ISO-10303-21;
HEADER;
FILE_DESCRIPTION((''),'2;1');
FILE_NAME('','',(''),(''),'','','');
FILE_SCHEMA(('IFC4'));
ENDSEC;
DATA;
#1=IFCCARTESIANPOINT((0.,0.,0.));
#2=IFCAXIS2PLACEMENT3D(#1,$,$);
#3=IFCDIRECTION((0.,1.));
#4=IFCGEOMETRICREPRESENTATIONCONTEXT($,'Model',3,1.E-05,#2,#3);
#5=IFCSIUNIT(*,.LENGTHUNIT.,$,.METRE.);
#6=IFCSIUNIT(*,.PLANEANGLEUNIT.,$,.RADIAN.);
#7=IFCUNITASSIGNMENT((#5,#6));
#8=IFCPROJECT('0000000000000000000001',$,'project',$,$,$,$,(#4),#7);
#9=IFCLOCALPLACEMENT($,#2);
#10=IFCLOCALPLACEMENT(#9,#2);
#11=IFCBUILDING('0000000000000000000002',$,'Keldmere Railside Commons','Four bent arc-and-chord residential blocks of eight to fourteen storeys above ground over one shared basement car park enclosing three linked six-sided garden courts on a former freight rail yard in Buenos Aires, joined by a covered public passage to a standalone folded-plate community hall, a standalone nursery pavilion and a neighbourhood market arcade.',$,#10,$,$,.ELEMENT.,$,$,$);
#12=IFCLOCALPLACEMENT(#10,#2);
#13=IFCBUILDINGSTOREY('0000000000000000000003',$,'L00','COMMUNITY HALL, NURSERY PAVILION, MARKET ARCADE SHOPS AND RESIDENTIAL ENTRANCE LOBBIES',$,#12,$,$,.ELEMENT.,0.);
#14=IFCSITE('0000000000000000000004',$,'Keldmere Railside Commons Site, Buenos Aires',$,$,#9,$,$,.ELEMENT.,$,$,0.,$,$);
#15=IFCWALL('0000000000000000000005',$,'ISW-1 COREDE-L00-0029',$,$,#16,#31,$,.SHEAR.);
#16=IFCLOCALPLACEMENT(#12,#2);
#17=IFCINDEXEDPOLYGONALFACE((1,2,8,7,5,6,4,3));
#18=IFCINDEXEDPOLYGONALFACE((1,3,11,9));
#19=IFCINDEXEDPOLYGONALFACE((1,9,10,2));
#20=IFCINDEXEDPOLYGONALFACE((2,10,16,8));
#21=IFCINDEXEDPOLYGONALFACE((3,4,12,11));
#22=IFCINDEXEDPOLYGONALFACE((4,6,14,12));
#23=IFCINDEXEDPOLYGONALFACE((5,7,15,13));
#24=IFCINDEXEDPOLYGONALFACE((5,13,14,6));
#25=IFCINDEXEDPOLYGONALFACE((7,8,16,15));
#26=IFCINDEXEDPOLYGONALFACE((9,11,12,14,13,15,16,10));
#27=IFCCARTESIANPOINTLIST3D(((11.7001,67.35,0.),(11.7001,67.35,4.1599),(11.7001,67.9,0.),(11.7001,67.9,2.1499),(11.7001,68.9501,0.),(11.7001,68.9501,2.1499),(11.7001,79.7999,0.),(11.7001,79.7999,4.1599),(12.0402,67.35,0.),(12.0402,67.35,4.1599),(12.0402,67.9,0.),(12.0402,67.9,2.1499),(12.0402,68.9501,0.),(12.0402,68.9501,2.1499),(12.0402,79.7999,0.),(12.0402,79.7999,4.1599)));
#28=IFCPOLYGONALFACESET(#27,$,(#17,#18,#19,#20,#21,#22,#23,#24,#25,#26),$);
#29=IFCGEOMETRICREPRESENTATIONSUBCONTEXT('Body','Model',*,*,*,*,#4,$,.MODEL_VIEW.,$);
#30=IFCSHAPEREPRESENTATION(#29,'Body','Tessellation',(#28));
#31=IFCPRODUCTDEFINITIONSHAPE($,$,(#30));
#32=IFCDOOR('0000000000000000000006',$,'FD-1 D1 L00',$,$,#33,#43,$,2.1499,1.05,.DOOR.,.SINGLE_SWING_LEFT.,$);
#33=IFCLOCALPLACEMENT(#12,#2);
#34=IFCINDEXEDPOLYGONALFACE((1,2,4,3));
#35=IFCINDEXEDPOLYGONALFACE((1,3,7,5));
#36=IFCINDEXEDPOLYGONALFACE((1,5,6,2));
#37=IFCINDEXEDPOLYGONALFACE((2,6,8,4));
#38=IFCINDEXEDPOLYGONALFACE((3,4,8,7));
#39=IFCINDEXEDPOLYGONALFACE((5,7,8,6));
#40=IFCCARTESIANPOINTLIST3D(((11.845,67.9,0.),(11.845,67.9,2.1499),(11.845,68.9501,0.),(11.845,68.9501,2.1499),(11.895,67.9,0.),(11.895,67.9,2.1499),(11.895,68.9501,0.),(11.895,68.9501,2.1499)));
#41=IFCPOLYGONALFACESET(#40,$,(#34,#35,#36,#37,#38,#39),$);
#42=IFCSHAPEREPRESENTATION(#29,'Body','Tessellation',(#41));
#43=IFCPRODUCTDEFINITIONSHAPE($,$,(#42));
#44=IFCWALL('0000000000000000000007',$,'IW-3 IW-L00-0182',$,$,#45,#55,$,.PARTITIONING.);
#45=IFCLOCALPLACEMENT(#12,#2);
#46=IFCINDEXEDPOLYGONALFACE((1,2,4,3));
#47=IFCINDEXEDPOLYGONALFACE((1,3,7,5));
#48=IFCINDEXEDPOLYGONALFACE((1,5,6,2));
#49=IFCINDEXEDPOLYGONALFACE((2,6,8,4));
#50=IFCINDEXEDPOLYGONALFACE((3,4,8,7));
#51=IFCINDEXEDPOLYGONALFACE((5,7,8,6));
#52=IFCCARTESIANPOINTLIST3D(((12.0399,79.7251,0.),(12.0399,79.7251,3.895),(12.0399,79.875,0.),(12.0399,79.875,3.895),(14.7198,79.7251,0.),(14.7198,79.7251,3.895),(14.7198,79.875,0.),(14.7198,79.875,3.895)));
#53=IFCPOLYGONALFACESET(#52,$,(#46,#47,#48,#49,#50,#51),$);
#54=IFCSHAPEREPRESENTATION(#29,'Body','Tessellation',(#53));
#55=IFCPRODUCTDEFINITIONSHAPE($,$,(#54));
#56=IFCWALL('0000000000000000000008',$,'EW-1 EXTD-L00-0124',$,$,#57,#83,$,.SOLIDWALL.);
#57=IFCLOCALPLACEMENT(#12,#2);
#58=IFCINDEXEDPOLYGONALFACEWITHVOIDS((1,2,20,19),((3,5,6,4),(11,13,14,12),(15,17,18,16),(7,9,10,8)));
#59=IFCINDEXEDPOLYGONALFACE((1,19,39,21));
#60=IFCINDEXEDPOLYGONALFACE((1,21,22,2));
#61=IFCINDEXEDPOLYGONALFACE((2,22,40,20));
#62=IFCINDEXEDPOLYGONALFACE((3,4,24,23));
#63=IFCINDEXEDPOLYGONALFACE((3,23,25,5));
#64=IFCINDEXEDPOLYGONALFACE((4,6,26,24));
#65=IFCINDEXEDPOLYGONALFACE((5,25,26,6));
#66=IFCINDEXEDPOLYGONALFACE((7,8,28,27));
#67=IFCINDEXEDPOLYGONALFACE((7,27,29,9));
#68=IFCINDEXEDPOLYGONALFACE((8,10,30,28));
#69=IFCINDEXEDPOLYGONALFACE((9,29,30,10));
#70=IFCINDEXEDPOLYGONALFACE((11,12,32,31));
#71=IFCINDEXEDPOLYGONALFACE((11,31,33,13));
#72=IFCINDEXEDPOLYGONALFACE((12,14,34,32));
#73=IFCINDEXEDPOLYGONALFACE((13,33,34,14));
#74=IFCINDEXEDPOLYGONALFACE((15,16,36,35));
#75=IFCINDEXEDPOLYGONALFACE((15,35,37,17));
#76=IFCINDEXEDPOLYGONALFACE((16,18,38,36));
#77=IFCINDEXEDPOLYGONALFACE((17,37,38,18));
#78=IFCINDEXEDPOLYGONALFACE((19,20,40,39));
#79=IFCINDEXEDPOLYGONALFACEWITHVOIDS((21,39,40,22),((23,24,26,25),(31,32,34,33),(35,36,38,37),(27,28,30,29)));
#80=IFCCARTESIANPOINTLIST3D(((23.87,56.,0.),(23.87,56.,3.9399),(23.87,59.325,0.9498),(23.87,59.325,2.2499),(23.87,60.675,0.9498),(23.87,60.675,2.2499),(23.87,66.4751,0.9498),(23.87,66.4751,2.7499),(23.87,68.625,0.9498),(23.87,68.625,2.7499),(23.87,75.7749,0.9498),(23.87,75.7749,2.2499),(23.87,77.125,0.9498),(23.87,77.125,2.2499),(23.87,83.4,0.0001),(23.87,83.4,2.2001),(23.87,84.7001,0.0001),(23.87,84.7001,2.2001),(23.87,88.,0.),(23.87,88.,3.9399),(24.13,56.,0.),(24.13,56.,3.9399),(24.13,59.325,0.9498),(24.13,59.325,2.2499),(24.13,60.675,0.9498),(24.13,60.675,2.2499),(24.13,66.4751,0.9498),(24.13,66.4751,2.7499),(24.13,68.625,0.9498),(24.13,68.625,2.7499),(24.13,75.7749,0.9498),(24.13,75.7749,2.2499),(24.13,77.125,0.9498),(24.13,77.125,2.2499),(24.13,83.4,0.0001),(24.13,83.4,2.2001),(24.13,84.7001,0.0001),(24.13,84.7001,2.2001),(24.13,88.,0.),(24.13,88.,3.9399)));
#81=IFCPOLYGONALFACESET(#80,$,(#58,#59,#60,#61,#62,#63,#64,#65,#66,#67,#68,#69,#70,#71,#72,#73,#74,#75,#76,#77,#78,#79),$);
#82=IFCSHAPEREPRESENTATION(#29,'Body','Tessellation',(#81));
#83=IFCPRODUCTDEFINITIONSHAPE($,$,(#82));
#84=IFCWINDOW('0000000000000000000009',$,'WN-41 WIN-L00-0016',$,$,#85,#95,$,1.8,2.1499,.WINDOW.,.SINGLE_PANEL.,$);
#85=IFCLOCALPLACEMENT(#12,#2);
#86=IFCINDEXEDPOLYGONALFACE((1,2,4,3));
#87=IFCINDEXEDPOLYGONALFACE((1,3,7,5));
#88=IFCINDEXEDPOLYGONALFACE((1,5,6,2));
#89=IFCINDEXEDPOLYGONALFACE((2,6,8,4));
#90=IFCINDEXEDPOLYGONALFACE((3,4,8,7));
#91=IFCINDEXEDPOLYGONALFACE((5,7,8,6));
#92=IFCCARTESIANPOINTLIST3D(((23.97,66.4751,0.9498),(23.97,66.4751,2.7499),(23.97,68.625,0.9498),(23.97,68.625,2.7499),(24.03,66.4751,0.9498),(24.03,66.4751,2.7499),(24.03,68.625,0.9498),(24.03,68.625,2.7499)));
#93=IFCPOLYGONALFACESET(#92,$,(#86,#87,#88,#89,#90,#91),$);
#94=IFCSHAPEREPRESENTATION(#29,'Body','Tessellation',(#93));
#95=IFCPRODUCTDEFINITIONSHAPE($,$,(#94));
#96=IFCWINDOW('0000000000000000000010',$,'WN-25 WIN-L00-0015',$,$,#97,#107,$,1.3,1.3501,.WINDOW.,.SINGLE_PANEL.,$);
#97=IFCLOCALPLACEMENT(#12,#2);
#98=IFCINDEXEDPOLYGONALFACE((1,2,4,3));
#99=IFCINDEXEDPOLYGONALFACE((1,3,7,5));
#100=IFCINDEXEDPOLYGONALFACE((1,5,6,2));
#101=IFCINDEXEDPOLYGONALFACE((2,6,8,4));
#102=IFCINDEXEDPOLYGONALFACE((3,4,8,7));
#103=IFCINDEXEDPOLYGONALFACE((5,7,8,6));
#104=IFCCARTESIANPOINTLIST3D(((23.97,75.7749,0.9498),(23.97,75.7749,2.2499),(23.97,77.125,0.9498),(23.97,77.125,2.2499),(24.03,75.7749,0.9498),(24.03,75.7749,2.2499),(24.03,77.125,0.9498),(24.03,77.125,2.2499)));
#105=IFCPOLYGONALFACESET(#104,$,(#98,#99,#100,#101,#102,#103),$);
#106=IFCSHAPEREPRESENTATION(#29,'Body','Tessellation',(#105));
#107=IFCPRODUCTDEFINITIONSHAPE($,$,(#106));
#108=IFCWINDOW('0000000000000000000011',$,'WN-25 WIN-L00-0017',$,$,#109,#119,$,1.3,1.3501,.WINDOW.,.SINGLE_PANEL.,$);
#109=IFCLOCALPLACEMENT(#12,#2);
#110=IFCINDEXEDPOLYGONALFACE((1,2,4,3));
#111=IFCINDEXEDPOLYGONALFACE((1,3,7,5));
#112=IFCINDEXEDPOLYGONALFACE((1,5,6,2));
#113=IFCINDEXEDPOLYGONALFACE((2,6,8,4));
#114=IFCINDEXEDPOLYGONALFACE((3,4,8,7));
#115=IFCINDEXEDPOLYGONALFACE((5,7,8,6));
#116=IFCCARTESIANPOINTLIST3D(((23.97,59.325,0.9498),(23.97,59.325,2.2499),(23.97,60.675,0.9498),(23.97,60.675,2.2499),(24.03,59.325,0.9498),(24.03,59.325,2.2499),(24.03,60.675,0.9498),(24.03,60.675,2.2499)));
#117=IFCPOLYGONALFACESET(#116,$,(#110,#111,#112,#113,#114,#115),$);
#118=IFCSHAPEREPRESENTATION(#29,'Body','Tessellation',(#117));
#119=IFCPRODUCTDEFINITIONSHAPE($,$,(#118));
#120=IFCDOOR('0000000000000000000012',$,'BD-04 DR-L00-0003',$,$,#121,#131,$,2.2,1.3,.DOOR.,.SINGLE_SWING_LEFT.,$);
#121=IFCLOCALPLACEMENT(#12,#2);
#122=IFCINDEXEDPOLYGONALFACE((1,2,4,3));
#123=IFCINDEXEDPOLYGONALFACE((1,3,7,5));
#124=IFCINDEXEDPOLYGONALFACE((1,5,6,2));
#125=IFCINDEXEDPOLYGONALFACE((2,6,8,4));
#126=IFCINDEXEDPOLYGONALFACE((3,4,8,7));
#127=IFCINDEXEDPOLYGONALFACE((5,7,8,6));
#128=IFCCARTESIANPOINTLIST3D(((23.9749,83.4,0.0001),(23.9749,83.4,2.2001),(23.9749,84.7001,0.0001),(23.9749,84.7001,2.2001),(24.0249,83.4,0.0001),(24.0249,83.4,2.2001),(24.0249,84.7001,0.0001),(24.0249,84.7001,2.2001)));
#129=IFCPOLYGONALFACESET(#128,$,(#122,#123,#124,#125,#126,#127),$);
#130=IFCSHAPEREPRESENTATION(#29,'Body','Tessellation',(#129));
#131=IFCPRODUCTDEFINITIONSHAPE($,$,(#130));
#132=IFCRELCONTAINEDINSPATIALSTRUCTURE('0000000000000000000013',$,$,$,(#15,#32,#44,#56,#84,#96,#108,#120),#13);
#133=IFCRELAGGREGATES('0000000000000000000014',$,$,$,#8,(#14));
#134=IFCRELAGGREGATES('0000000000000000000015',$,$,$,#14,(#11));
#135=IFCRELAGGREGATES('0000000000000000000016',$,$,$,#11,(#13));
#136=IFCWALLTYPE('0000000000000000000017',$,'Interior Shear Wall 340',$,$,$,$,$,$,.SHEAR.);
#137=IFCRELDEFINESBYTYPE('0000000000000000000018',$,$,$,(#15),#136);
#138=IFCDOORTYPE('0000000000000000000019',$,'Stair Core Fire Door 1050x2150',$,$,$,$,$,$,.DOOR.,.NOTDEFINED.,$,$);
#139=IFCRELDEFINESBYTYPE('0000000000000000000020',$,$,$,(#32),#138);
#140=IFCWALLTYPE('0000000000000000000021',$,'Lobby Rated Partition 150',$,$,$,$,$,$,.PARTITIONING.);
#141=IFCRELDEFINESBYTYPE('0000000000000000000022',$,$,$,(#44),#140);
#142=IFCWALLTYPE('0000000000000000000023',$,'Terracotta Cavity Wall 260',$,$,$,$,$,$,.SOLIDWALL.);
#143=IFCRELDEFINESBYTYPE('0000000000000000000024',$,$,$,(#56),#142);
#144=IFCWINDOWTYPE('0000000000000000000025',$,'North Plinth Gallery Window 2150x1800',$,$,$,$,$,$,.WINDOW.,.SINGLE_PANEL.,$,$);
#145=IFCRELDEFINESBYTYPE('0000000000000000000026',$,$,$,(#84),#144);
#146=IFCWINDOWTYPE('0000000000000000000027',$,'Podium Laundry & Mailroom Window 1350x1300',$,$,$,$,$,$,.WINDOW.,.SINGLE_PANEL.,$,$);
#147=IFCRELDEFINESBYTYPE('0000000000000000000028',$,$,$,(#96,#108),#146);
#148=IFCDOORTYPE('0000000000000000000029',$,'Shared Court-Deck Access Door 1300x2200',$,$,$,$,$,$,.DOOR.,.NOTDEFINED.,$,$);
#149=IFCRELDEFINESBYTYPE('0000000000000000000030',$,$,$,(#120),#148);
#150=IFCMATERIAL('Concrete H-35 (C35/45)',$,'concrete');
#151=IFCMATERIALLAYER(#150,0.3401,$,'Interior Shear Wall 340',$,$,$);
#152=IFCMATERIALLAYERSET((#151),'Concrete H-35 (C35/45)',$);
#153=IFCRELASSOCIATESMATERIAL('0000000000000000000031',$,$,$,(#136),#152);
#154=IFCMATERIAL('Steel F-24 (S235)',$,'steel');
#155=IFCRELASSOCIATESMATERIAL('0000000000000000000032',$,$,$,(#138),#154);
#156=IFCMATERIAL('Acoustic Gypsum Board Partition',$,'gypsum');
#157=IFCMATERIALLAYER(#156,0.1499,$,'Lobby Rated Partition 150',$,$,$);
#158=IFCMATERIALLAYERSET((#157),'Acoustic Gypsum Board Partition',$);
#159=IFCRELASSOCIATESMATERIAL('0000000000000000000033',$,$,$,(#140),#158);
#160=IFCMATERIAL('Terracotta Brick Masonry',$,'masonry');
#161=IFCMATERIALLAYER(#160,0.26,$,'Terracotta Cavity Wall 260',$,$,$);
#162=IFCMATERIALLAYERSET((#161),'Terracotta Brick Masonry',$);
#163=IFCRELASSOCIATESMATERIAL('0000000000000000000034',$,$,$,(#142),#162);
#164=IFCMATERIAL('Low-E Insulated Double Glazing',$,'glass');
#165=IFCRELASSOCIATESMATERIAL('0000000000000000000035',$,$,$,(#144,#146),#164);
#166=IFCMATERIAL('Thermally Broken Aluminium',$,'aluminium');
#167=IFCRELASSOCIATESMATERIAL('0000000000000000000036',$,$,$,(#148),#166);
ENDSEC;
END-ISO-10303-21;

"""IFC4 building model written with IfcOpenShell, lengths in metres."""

from ifc_helpers import new_model, si_unit, direction, frame, frame_2d, origin, place, context, subcontext, project, spatial, rectangle, extrude, material, layer, layer_set, type_object, element, fill, save


model = new_model("IFC4")

# Units and contexts
model_context = context("Model", 3, precision=1e-05, world=origin(), true_north=direction((0.0, 1.0)))
body_context = subcontext(model_context, "Body", "Model", "MODEL_VIEW")
ifc_project = project(units=[si_unit("LENGTHUNIT", "METRE"), si_unit("PLANEANGLEUNIT", "RADIAN")], contexts=[model_context])

# Site, building, storey
site_placement = place(None, origin())
site = spatial("IfcSite", under=ifc_project, at=site_placement, Name="Keldmere Railside Commons Site, Buenos Aires", CompositionType="ELEMENT", RefElevation=0.0)
building_placement = place(site_placement, origin())
building = spatial("IfcBuilding", under=site, at=building_placement, Name="Keldmere Railside Commons", Description="Four bent arc-and-chord residential blocks of eight to fourteen storeys above ground over one shared basement car park enclosing three linked six-sided garden courts on a former freight rail yard in Buenos Aires, joined by a covered public passage to a standalone folded-plate community hall, a standalone nursery pavilion and a neighbourhood market arcade.", CompositionType="ELEMENT")
storey_placement = place(building_placement, origin())
storey = spatial("IfcBuildingStorey", under=building, at=storey_placement, Name="L00", Description="COMMUNITY HALL, NURSERY PAVILION, MARKET ARCADE SHOPS AND RESIDENTIAL ENTRANCE LOBBIES", CompositionType="ELEMENT", Elevation=0.0)

# Shared definitions
ifc_material_1 = material(Name="Thermally Broken Aluminium", Category="aluminium")
ifc_material_2 = material(Name="Low-E Insulated Double Glazing", Category="glass")

# Shared definitions
ifc_material_3 = material(Name="Acoustic Gypsum Board Partition", Category="gypsum")
ifc_material_4 = material(Name="Concrete H-35 (C35/45)", Category="concrete")

# Wall, opening, door
ifc_layer_1 = layer(ifc_material_4, 0.3401, Name="Interior Shear Wall 340")
ifc_layer_set_1 = layer_set([ifc_layer_1], Name="Concrete H-35 (C35/45)")
wall_type_1 = type_object("IfcWallType", Name="Interior Shear Wall 340", PredefinedType="SHEAR", material=ifc_layer_set_1)
wall_1_placement = place(storey_placement, frame((11.8701, 79.8, 0.0), z_axis=(0.0, 0.0, 1.0), x_axis=(0.0, -1.0, 0.0)))
wall_1 = element("IfcWall", 1, at=wall_1_placement, inside=storey, type_object=wall_type_1, Name="ISW-1 COREDE-L00-0029", PredefinedType="SHEAR", context=body_context, shape_type="SweptSolid", body=[
    extrude(rectangle(XDim=12.45, YDim=0.3401, at=frame_2d((6.2251, 0.0))), origin(), (0.0, 0.0, 1.0), 4.1599),
])
opening_1_placement = place(wall_1_placement, frame((10.8501, 0.0, 0.0)))
opening_1 = element("IfcOpeningElement", 2, at=opening_1_placement, cuts=wall_1, PredefinedType="OPENING", context=body_context, shape_type="SweptSolid", body=[
    extrude(rectangle(XDim=1.05, YDim=2.1499, at=frame_2d((0.5249, 1.075))), frame((0.0, 0.1799, 0.0), z_axis=(0.0, -1.0, 0.0), x_axis=(1.0, 0.0, 0.0)), (0.0, 0.0, 1.0), 0.3601),
])
ifc_material_5 = material(Name="Steel F-24 (S235)", Category="steel")
door_type_1 = type_object("IfcDoorType", Name="Stair Core Fire Door 1050x2150", OperationType="NOTDEFINED", PredefinedType="DOOR", material=ifc_material_5)
door_1_placement = place(opening_1_placement, origin())
door_1 = element("IfcDoor", 3, at=door_1_placement, inside=storey, type_object=door_type_1, Name="FD-1 D1 L00", OperationType="SINGLE_SWING_LEFT", OverallHeight=2.1499, OverallWidth=1.05, PredefinedType="DOOR", context=body_context, shape_type="SweptSolid", body=[
    extrude(rectangle(XDim=1.05, YDim=2.1499, at=frame_2d((0.5249, 1.075))), frame((0.0, 0.0249, 0.0), z_axis=(0.0, -1.0, 0.0), x_axis=(1.0, 0.0, 0.0)), (0.0, 0.0, 1.0), 0.05),
])
fill(opening_1, door_1)

# Wall
ifc_layer_2 = layer(ifc_material_3, 0.1499, Name="Lobby Rated Partition 150")
ifc_layer_set_2 = layer_set([ifc_layer_2], Name="Acoustic Gypsum Board Partition")
wall_type_2 = type_object("IfcWallType", Name="Lobby Rated Partition 150", PredefinedType="PARTITIONING", material=ifc_layer_set_2)
wall_2_placement = place(storey_placement, frame((12.04, 79.8, 0.0), z_axis=(0.0, 0.0, 1.0), x_axis=(1.0, 0.0, 0.0)))
element("IfcWall", 4, at=wall_2_placement, inside=storey, type_object=wall_type_2, Name="IW-3 IW-L00-0182", PredefinedType="PARTITIONING", context=body_context, shape_type="SweptSolid", body=[
    extrude(rectangle(XDim=2.6799, YDim=0.1499, at=frame_2d((1.3398, 0.0))), origin(), (0.0, 0.0, 1.0), 3.895),
])

# Wall, openings, windows, door
ifc_material_6 = material(Name="Terracotta Brick Masonry", Category="masonry")
ifc_layer_3 = layer(ifc_material_6, 0.26, Name="Terracotta Cavity Wall 260")
ifc_layer_set_3 = layer_set([ifc_layer_3], Name="Terracotta Brick Masonry")
wall_type_3 = type_object("IfcWallType", Name="Terracotta Cavity Wall 260", PredefinedType="SOLIDWALL", material=ifc_layer_set_3)
wall_3_placement = place(storey_placement, frame((24.0, 88.0, 0.0), z_axis=(0.0, 0.0, 1.0), x_axis=(0.0, -1.0, 0.0)))
wall_3 = element("IfcWall", 5, at=wall_3_placement, inside=storey, type_object=wall_type_3, Name="EW-1 EXTD-L00-0124", PredefinedType="SOLIDWALL", context=body_context, shape_type="SweptSolid", body=[
    extrude(rectangle(XDim=32.0, YDim=0.26, at=frame_2d((16.0, 0.0))), origin(), (0.0, 0.0, 1.0), 3.9399),
])
opening_2_placement = place(wall_3_placement, frame((3.3, 0.0, 0.0)))
opening_2 = element("IfcOpeningElement", 6, at=opening_2_placement, cuts=wall_3, PredefinedType="OPENING", context=body_context, shape_type="SweptSolid", body=[
    extrude(rectangle(XDim=1.3, YDim=2.2, at=frame_2d((0.6499, 1.1001))), frame((0.0, 0.1399, 0.0), z_axis=(0.0, -1.0, 0.0), x_axis=(1.0, 0.0, 0.0)), (0.0, 0.0, 1.0), 0.28),
])
opening_3_placement = place(wall_3_placement, frame((10.875, 0.0, 0.95)))
opening_3 = element("IfcOpeningElement", 7, at=opening_3_placement, cuts=wall_3, PredefinedType="OPENING", context=body_context, shape_type="SweptSolid", body=[
    extrude(rectangle(XDim=1.3501, YDim=1.3, at=frame_2d((0.675, 0.6499))), frame((0.0, 0.1399, 0.0), z_axis=(0.0, -1.0, 0.0), x_axis=(1.0, 0.0, 0.0)), (0.0, 0.0, 1.0), 0.28),
])
opening_4_placement = place(wall_3_placement, frame((19.375, 0.0, 0.95)))
opening_4 = element("IfcOpeningElement", 8, at=opening_4_placement, cuts=wall_3, PredefinedType="OPENING", context=body_context, shape_type="SweptSolid", body=[
    extrude(rectangle(XDim=2.1499, YDim=1.8, at=frame_2d((1.075, 0.8999))), frame((0.0, 0.1399, 0.0), z_axis=(0.0, -1.0, 0.0), x_axis=(1.0, 0.0, 0.0)), (0.0, 0.0, 1.0), 0.28),
])
opening_5_placement = place(wall_3_placement, frame((27.325, 0.0, 0.95)))
opening_5 = element("IfcOpeningElement", 9, at=opening_5_placement, cuts=wall_3, PredefinedType="OPENING", context=body_context, shape_type="SweptSolid", body=[
    extrude(rectangle(XDim=1.3501, YDim=1.3, at=frame_2d((0.675, 0.6499))), frame((0.0, 0.1399, 0.0), z_axis=(0.0, -1.0, 0.0), x_axis=(1.0, 0.0, 0.0)), (0.0, 0.0, 1.0), 0.28),
])
window_type_1 = type_object("IfcWindowType", Name="North Plinth Gallery Window 2150x1800", PartitioningType="SINGLE_PANEL", PredefinedType="WINDOW", material=ifc_material_2)
window_1_placement = place(opening_4_placement, origin())
window_1 = element("IfcWindow", 10, at=window_1_placement, inside=storey, type_object=window_type_1, Name="WN-41 WIN-L00-0016", OverallHeight=1.8, OverallWidth=2.1499, PartitioningType="SINGLE_PANEL", PredefinedType="WINDOW", context=body_context, shape_type="SweptSolid", body=[
    extrude(rectangle(XDim=2.1499, YDim=1.8, at=frame_2d((1.075, 0.8999))), frame((0.0, 0.03, 0.0), z_axis=(0.0, -1.0, 0.0), x_axis=(1.0, 0.0, 0.0)), (0.0, 0.0, 1.0), 0.0601),
])
fill(opening_4, window_1)
window_type_2 = type_object("IfcWindowType", Name="Podium Laundry & Mailroom Window 1350x1300", PartitioningType="SINGLE_PANEL", PredefinedType="WINDOW", material=ifc_material_2)
window_2_placement = place(opening_3_placement, origin())
window_2 = element("IfcWindow", 11, at=window_2_placement, inside=storey, type_object=window_type_2, Name="WN-25 WIN-L00-0015", OverallHeight=1.3, OverallWidth=1.3501, PartitioningType="SINGLE_PANEL", PredefinedType="WINDOW", context=body_context, shape_type="SweptSolid", body=[
    extrude(rectangle(XDim=1.3501, YDim=1.3, at=frame_2d((0.675, 0.6499))), frame((0.0, 0.03, 0.0), z_axis=(0.0, -1.0, 0.0), x_axis=(1.0, 0.0, 0.0)), (0.0, 0.0, 1.0), 0.0601),
])
fill(opening_3, window_2)
window_3_placement = place(opening_5_placement, origin())
window_3 = element("IfcWindow", 12, at=window_3_placement, inside=storey, type_object=window_type_2, Name="WN-25 WIN-L00-0017", OverallHeight=1.3, OverallWidth=1.3501, PartitioningType="SINGLE_PANEL", PredefinedType="WINDOW", context=body_context, shape_type="SweptSolid", body=[
    extrude(rectangle(XDim=1.3501, YDim=1.3, at=frame_2d((0.675, 0.6499))), frame((0.0, 0.03, 0.0), z_axis=(0.0, -1.0, 0.0), x_axis=(1.0, 0.0, 0.0)), (0.0, 0.0, 1.0), 0.0601),
])
fill(opening_5, window_3)
door_type_2 = type_object("IfcDoorType", Name="Shared Court-Deck Access Door 1300x2200", OperationType="NOTDEFINED", PredefinedType="DOOR", material=ifc_material_1)
door_2_placement = place(opening_2_placement, origin())
door_2 = element("IfcDoor", 13, at=door_2_placement, inside=storey, type_object=door_type_2, Name="BD-04 DR-L00-0003", OperationType="SINGLE_SWING_LEFT", OverallHeight=2.2, OverallWidth=1.3, PredefinedType="DOOR", context=body_context, shape_type="SweptSolid", body=[
    extrude(rectangle(XDim=1.3, YDim=2.2, at=frame_2d((0.6499, 1.1001))), frame((0.0, 0.0249, 0.0), z_axis=(0.0, -1.0, 0.0), x_axis=(1.0, 0.0, 0.0)), (0.0, 0.0, 1.0), 0.05),
])
fill(opening_2, door_2)

save(model, "model.ifc")
